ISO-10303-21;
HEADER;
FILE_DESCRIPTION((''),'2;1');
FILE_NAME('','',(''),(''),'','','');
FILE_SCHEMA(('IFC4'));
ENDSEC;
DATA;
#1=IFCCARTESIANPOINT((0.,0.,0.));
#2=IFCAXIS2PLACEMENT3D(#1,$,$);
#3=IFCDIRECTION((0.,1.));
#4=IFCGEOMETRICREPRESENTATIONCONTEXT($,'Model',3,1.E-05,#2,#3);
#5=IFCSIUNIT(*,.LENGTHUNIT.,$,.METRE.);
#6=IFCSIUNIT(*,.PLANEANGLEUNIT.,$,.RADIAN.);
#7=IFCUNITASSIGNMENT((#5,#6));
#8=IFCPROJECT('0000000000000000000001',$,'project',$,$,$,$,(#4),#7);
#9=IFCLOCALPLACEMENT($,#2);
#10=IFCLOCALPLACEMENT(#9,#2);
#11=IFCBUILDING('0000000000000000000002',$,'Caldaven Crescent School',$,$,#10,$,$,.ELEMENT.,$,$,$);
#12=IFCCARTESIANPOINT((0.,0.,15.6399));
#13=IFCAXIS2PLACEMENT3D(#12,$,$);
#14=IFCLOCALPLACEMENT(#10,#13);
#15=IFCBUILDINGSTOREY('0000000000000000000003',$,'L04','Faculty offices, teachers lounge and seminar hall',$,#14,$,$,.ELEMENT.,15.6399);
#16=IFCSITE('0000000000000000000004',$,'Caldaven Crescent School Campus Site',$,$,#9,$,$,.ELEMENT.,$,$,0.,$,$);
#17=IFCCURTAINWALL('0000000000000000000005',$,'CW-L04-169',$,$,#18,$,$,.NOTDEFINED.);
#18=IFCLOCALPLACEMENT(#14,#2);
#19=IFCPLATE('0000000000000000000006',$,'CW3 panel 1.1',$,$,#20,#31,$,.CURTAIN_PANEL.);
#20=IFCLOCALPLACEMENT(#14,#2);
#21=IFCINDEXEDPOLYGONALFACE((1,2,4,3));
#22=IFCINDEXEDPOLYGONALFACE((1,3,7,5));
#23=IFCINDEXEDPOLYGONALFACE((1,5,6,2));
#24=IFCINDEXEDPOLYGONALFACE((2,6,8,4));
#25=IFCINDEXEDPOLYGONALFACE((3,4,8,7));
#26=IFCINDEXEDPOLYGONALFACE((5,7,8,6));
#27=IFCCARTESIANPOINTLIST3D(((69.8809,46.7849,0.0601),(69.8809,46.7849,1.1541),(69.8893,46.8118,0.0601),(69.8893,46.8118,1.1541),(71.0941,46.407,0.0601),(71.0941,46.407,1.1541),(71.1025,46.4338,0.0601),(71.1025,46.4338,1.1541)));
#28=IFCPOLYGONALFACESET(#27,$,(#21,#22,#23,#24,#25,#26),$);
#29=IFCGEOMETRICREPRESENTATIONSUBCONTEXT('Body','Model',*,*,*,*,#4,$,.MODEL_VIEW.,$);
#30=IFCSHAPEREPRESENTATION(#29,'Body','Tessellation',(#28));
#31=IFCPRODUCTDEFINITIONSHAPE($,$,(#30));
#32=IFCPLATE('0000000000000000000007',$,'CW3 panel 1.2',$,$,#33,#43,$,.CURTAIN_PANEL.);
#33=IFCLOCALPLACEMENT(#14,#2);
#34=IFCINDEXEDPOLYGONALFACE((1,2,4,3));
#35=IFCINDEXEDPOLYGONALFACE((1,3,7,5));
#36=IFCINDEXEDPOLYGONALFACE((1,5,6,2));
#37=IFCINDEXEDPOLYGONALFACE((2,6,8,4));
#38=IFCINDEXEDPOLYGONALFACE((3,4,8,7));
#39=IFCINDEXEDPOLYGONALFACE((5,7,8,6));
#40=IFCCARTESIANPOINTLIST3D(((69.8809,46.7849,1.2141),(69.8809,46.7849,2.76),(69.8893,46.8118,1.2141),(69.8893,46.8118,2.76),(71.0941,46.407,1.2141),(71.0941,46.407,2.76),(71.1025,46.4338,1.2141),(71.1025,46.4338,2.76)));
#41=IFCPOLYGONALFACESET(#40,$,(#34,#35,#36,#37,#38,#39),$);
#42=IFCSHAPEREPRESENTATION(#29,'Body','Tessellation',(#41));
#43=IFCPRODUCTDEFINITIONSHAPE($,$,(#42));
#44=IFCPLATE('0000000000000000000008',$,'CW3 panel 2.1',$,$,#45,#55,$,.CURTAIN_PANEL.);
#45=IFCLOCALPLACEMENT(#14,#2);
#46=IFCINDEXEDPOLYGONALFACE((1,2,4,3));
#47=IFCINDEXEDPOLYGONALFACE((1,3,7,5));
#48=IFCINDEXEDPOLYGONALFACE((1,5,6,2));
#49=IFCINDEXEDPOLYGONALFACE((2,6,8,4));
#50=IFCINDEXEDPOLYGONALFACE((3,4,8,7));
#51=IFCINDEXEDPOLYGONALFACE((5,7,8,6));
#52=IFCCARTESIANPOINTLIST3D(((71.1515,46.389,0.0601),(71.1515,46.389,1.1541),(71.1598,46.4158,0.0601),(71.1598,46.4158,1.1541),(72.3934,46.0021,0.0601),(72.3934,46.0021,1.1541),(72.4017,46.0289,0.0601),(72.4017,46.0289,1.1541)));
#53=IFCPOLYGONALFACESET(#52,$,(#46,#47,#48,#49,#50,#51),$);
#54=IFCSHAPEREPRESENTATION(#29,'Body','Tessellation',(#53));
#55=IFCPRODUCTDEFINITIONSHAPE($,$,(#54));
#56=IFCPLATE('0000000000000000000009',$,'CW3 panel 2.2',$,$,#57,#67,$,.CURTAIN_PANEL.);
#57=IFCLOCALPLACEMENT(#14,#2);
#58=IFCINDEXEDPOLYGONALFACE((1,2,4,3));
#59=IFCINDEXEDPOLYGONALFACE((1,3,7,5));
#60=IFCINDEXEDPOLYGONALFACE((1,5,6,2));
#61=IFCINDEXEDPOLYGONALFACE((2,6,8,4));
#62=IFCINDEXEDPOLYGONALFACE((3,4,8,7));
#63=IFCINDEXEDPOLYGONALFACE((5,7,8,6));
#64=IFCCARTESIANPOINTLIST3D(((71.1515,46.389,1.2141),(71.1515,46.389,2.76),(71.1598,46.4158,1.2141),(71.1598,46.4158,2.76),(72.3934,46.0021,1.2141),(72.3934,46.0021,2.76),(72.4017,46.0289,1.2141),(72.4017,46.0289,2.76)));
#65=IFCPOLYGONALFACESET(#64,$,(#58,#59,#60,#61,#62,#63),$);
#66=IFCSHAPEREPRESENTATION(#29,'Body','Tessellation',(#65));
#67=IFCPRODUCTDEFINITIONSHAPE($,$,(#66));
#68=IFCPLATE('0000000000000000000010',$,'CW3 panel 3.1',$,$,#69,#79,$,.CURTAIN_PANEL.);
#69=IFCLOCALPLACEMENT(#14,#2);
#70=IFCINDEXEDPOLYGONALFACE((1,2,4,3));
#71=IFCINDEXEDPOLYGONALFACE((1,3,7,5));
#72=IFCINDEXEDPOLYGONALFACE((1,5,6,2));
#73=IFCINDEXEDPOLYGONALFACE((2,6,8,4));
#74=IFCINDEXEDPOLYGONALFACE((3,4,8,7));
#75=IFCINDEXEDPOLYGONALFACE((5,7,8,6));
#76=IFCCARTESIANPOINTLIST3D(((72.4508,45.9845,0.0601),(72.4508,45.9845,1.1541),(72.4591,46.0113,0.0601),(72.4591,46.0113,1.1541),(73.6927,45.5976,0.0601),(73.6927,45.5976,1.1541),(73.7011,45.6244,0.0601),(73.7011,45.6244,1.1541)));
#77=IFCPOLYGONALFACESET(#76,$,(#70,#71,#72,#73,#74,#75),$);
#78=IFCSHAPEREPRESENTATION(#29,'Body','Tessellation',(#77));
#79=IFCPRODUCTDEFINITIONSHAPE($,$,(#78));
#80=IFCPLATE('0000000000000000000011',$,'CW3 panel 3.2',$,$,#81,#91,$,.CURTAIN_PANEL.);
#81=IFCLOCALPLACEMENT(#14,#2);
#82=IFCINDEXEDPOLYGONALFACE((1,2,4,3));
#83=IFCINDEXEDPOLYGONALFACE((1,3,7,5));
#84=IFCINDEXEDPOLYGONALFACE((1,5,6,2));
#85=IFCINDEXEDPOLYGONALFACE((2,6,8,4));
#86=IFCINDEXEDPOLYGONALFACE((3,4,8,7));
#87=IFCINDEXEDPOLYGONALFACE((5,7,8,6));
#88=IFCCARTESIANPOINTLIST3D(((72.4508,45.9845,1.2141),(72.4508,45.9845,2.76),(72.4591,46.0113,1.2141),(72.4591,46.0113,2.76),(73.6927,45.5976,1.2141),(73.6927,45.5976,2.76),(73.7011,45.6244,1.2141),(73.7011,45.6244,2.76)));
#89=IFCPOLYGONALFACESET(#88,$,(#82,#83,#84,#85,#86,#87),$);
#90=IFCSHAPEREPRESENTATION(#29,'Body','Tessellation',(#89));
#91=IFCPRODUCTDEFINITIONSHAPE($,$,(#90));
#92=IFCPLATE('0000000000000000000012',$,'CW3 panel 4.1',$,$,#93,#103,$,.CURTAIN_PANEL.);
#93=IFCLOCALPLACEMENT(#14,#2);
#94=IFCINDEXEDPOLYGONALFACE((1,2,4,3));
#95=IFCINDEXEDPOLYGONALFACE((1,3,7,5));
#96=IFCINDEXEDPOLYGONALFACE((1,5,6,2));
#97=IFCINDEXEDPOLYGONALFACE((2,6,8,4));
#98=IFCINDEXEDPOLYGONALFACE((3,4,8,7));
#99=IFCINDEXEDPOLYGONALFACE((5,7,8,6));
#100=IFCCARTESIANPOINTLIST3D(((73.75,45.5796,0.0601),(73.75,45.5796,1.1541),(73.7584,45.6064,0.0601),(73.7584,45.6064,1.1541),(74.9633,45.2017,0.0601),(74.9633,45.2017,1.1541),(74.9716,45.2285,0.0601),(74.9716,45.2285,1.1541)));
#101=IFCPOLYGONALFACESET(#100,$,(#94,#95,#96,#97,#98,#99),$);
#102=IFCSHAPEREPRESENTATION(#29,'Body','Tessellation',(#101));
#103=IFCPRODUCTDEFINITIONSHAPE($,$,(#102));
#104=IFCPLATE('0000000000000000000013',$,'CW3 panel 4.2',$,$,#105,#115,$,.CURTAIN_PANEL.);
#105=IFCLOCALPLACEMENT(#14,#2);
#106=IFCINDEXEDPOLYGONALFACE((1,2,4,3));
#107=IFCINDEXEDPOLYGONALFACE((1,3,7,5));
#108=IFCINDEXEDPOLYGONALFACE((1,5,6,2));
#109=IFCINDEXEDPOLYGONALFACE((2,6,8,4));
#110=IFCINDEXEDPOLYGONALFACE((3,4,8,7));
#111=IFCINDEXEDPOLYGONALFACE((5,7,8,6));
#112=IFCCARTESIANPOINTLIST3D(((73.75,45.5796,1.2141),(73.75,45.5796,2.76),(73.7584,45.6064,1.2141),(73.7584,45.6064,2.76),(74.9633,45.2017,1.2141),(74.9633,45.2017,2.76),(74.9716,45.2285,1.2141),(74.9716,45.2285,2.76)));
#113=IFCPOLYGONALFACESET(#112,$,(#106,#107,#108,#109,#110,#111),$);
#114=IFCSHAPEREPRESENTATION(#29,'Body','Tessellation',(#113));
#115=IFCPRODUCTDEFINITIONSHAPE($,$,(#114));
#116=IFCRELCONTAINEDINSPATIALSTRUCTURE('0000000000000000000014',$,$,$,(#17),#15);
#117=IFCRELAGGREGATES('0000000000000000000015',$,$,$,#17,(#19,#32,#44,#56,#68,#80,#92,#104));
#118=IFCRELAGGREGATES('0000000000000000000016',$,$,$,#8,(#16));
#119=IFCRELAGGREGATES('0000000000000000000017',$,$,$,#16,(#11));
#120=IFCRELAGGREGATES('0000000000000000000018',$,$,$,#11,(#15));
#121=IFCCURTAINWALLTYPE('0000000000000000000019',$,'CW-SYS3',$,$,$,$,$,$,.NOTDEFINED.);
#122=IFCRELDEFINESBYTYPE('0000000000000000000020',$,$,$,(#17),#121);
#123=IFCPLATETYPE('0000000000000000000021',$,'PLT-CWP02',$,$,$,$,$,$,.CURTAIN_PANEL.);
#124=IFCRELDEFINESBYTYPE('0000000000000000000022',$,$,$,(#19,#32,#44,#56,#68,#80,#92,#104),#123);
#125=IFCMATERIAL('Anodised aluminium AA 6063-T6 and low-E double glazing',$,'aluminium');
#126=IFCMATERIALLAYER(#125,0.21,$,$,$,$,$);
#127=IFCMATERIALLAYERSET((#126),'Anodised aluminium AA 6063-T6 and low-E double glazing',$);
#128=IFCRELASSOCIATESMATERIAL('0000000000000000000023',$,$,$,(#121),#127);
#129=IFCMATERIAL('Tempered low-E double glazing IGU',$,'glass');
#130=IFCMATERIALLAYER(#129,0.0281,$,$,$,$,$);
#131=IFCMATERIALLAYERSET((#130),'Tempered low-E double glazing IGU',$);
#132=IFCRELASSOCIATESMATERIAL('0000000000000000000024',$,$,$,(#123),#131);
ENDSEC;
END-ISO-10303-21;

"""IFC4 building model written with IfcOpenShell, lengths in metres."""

from ifc_helpers import new_model, si_unit, direction, frame, origin, origin_2d, place, context, subcontext, project, spatial, rectangle, extrude, material, layer, layer_set, type_object, element, aggregate, save


model = new_model("IFC4")

# Units and contexts
model_context = context("Model", 3, precision=1e-05, world=origin(), true_north=direction((0.0, 1.0)))
body_context = subcontext(model_context, "Body", "Model", "MODEL_VIEW")
ifc_project = project(units=[si_unit("LENGTHUNIT", "METRE"), si_unit("PLANEANGLEUNIT", "RADIAN")], contexts=[model_context])

# Site, building, storey
site_placement = place(None, origin())
site = spatial("IfcSite", under=ifc_project, at=site_placement, Name="Caldaven Crescent School Campus Site", CompositionType="ELEMENT", RefElevation=0.0)
building_placement = place(site_placement, origin())
building = spatial("IfcBuilding", under=site, at=building_placement, Name="Caldaven Crescent School", CompositionType="ELEMENT")
storey_placement = place(building_placement, frame((0.0, 0.0, 15.6399)))
storey = spatial("IfcBuildingStorey", under=building, at=storey_placement, Name="L04", Description="Faculty offices, teachers lounge and seminar hall", CompositionType="ELEMENT", Elevation=15.6399)

# Curtain wall
ifc_material_1 = material(Name="Anodised aluminium AA 6063-T6 and low-E double glazing", Category="aluminium")
ifc_layer_1 = layer(ifc_material_1, 0.21)
ifc_layer_set_1 = layer_set([ifc_layer_1], Name="Anodised aluminium AA 6063-T6 and low-E double glazing")
curtain_wall_type = type_object("IfcCurtainWallType", Name="CW-SYS3", PredefinedType="NOTDEFINED", material=ifc_layer_set_1)
curtain_wall_placement = place(storey_placement, origin())
curtain_wall = element("IfcCurtainWall", 1, at=curtain_wall_placement, inside=storey, type_object=curtain_wall_type, Name="CW-L04-169", PredefinedType="NOTDEFINED")

# Plates
ifc_material_2 = material(Name="Tempered low-E double glazing IGU", Category="glass")
ifc_layer_2 = layer(ifc_material_2, 0.0281)
ifc_layer_set_2 = layer_set([ifc_layer_2], Name="Tempered low-E double glazing IGU")
plate_type = type_object("IfcPlateType", Name="PLT-CWP02", PredefinedType="CURTAIN_PANEL", material=ifc_layer_set_2)
plate_1_placement = place(storey_placement, frame((70.4917, 46.6094, 0.0601), z_axis=(0.0, 0.0, 1.0), x_axis=(0.954747, -0.29742, 0.0)))
plate_1 = element("IfcPlate", 2, at=plate_1_placement, type_object=plate_type, Name="CW3 panel 1.1", PredefinedType="CURTAIN_PANEL", context=body_context, shape_type="SweptSolid", body=[
    extrude(rectangle(XDim=1.2708, YDim=0.0281, at=origin_2d()), origin(), (0.0, 0.0, 1.0), 1.094),
])
plate_2_placement = place(storey_placement, frame((70.4917, 46.6094, 1.2141), z_axis=(0.0, 0.0, 1.0), x_axis=(0.954747, -0.29742, 0.0)))
plate_2 = element("IfcPlate", 3, at=plate_2_placement, type_object=plate_type, Name="CW3 panel 1.2", PredefinedType="CURTAIN_PANEL", context=body_context, shape_type="SweptSolid", body=[
    extrude(rectangle(XDim=1.2708, YDim=0.0281, at=origin_2d()), origin(), (0.0, 0.0, 1.0), 1.5459),
])
plate_3_placement = place(storey_placement, frame((71.7766, 46.209, 0.0601), z_axis=(0.0, 0.0, 1.0), x_axis=(0.954747, -0.29742, 0.0)))
plate_3 = element("IfcPlate", 4, at=plate_3_placement, type_object=plate_type, Name="CW3 panel 2.1", PredefinedType="CURTAIN_PANEL", context=body_context, shape_type="SweptSolid", body=[
    extrude(rectangle(XDim=1.3008, YDim=0.0281, at=origin_2d()), origin(), (0.0, 0.0, 1.0), 1.094),
])
plate_4_placement = place(storey_placement, frame((71.7766, 46.209, 1.2141), z_axis=(0.0, 0.0, 1.0), x_axis=(0.954747, -0.29742, 0.0)))
plate_4 = element("IfcPlate", 5, at=plate_4_placement, type_object=plate_type, Name="CW3 panel 2.2", PredefinedType="CURTAIN_PANEL", context=body_context, shape_type="SweptSolid", body=[
    extrude(rectangle(XDim=1.3008, YDim=0.0281, at=origin_2d()), origin(), (0.0, 0.0, 1.0), 1.5459),
])
plate_5_placement = place(storey_placement, frame((73.0759, 45.8044, 0.0601), z_axis=(0.0, 0.0, 1.0), x_axis=(0.954747, -0.29742, 0.0)))
plate_5 = element("IfcPlate", 6, at=plate_5_placement, type_object=plate_type, Name="CW3 panel 3.1", PredefinedType="CURTAIN_PANEL", context=body_context, shape_type="SweptSolid", body=[
    extrude(rectangle(XDim=1.3008, YDim=0.0281, at=origin_2d()), origin(), (0.0, 0.0, 1.0), 1.094),
])
plate_6_placement = place(storey_placement, frame((73.0759, 45.8044, 1.2141), z_axis=(0.0, 0.0, 1.0), x_axis=(0.954747, -0.29742, 0.0)))
plate_6 = element("IfcPlate", 7, at=plate_6_placement, type_object=plate_type, Name="CW3 panel 3.2", PredefinedType="CURTAIN_PANEL", context=body_context, shape_type="SweptSolid", body=[
    extrude(rectangle(XDim=1.3008, YDim=0.0281, at=origin_2d()), origin(), (0.0, 0.0, 1.0), 1.5459),
])
plate_7_placement = place(storey_placement, frame((74.3608, 45.4041, 0.0601), z_axis=(0.0, 0.0, 1.0), x_axis=(0.954747, -0.29742, 0.0)))
plate_7 = element("IfcPlate", 8, at=plate_7_placement, type_object=plate_type, Name="CW3 panel 4.1", PredefinedType="CURTAIN_PANEL", context=body_context, shape_type="SweptSolid", body=[
    extrude(rectangle(XDim=1.2708, YDim=0.0281, at=origin_2d()), origin(), (0.0, 0.0, 1.0), 1.094),
])
plate_8_placement = place(storey_placement, frame((74.3608, 45.4041, 1.2141), z_axis=(0.0, 0.0, 1.0), x_axis=(0.954747, -0.29742, 0.0)))
plate_8 = element("IfcPlate", 9, at=plate_8_placement, type_object=plate_type, Name="CW3 panel 4.2", PredefinedType="CURTAIN_PANEL", context=body_context, shape_type="SweptSolid", body=[
    extrude(rectangle(XDim=1.2708, YDim=0.0281, at=origin_2d()), origin(), (0.0, 0.0, 1.0), 1.5459),
])
aggregate(curtain_wall, [plate_1, plate_2, plate_3, plate_4, plate_5, plate_6, plate_7, plate_8])

save(model, "model.ifc")
